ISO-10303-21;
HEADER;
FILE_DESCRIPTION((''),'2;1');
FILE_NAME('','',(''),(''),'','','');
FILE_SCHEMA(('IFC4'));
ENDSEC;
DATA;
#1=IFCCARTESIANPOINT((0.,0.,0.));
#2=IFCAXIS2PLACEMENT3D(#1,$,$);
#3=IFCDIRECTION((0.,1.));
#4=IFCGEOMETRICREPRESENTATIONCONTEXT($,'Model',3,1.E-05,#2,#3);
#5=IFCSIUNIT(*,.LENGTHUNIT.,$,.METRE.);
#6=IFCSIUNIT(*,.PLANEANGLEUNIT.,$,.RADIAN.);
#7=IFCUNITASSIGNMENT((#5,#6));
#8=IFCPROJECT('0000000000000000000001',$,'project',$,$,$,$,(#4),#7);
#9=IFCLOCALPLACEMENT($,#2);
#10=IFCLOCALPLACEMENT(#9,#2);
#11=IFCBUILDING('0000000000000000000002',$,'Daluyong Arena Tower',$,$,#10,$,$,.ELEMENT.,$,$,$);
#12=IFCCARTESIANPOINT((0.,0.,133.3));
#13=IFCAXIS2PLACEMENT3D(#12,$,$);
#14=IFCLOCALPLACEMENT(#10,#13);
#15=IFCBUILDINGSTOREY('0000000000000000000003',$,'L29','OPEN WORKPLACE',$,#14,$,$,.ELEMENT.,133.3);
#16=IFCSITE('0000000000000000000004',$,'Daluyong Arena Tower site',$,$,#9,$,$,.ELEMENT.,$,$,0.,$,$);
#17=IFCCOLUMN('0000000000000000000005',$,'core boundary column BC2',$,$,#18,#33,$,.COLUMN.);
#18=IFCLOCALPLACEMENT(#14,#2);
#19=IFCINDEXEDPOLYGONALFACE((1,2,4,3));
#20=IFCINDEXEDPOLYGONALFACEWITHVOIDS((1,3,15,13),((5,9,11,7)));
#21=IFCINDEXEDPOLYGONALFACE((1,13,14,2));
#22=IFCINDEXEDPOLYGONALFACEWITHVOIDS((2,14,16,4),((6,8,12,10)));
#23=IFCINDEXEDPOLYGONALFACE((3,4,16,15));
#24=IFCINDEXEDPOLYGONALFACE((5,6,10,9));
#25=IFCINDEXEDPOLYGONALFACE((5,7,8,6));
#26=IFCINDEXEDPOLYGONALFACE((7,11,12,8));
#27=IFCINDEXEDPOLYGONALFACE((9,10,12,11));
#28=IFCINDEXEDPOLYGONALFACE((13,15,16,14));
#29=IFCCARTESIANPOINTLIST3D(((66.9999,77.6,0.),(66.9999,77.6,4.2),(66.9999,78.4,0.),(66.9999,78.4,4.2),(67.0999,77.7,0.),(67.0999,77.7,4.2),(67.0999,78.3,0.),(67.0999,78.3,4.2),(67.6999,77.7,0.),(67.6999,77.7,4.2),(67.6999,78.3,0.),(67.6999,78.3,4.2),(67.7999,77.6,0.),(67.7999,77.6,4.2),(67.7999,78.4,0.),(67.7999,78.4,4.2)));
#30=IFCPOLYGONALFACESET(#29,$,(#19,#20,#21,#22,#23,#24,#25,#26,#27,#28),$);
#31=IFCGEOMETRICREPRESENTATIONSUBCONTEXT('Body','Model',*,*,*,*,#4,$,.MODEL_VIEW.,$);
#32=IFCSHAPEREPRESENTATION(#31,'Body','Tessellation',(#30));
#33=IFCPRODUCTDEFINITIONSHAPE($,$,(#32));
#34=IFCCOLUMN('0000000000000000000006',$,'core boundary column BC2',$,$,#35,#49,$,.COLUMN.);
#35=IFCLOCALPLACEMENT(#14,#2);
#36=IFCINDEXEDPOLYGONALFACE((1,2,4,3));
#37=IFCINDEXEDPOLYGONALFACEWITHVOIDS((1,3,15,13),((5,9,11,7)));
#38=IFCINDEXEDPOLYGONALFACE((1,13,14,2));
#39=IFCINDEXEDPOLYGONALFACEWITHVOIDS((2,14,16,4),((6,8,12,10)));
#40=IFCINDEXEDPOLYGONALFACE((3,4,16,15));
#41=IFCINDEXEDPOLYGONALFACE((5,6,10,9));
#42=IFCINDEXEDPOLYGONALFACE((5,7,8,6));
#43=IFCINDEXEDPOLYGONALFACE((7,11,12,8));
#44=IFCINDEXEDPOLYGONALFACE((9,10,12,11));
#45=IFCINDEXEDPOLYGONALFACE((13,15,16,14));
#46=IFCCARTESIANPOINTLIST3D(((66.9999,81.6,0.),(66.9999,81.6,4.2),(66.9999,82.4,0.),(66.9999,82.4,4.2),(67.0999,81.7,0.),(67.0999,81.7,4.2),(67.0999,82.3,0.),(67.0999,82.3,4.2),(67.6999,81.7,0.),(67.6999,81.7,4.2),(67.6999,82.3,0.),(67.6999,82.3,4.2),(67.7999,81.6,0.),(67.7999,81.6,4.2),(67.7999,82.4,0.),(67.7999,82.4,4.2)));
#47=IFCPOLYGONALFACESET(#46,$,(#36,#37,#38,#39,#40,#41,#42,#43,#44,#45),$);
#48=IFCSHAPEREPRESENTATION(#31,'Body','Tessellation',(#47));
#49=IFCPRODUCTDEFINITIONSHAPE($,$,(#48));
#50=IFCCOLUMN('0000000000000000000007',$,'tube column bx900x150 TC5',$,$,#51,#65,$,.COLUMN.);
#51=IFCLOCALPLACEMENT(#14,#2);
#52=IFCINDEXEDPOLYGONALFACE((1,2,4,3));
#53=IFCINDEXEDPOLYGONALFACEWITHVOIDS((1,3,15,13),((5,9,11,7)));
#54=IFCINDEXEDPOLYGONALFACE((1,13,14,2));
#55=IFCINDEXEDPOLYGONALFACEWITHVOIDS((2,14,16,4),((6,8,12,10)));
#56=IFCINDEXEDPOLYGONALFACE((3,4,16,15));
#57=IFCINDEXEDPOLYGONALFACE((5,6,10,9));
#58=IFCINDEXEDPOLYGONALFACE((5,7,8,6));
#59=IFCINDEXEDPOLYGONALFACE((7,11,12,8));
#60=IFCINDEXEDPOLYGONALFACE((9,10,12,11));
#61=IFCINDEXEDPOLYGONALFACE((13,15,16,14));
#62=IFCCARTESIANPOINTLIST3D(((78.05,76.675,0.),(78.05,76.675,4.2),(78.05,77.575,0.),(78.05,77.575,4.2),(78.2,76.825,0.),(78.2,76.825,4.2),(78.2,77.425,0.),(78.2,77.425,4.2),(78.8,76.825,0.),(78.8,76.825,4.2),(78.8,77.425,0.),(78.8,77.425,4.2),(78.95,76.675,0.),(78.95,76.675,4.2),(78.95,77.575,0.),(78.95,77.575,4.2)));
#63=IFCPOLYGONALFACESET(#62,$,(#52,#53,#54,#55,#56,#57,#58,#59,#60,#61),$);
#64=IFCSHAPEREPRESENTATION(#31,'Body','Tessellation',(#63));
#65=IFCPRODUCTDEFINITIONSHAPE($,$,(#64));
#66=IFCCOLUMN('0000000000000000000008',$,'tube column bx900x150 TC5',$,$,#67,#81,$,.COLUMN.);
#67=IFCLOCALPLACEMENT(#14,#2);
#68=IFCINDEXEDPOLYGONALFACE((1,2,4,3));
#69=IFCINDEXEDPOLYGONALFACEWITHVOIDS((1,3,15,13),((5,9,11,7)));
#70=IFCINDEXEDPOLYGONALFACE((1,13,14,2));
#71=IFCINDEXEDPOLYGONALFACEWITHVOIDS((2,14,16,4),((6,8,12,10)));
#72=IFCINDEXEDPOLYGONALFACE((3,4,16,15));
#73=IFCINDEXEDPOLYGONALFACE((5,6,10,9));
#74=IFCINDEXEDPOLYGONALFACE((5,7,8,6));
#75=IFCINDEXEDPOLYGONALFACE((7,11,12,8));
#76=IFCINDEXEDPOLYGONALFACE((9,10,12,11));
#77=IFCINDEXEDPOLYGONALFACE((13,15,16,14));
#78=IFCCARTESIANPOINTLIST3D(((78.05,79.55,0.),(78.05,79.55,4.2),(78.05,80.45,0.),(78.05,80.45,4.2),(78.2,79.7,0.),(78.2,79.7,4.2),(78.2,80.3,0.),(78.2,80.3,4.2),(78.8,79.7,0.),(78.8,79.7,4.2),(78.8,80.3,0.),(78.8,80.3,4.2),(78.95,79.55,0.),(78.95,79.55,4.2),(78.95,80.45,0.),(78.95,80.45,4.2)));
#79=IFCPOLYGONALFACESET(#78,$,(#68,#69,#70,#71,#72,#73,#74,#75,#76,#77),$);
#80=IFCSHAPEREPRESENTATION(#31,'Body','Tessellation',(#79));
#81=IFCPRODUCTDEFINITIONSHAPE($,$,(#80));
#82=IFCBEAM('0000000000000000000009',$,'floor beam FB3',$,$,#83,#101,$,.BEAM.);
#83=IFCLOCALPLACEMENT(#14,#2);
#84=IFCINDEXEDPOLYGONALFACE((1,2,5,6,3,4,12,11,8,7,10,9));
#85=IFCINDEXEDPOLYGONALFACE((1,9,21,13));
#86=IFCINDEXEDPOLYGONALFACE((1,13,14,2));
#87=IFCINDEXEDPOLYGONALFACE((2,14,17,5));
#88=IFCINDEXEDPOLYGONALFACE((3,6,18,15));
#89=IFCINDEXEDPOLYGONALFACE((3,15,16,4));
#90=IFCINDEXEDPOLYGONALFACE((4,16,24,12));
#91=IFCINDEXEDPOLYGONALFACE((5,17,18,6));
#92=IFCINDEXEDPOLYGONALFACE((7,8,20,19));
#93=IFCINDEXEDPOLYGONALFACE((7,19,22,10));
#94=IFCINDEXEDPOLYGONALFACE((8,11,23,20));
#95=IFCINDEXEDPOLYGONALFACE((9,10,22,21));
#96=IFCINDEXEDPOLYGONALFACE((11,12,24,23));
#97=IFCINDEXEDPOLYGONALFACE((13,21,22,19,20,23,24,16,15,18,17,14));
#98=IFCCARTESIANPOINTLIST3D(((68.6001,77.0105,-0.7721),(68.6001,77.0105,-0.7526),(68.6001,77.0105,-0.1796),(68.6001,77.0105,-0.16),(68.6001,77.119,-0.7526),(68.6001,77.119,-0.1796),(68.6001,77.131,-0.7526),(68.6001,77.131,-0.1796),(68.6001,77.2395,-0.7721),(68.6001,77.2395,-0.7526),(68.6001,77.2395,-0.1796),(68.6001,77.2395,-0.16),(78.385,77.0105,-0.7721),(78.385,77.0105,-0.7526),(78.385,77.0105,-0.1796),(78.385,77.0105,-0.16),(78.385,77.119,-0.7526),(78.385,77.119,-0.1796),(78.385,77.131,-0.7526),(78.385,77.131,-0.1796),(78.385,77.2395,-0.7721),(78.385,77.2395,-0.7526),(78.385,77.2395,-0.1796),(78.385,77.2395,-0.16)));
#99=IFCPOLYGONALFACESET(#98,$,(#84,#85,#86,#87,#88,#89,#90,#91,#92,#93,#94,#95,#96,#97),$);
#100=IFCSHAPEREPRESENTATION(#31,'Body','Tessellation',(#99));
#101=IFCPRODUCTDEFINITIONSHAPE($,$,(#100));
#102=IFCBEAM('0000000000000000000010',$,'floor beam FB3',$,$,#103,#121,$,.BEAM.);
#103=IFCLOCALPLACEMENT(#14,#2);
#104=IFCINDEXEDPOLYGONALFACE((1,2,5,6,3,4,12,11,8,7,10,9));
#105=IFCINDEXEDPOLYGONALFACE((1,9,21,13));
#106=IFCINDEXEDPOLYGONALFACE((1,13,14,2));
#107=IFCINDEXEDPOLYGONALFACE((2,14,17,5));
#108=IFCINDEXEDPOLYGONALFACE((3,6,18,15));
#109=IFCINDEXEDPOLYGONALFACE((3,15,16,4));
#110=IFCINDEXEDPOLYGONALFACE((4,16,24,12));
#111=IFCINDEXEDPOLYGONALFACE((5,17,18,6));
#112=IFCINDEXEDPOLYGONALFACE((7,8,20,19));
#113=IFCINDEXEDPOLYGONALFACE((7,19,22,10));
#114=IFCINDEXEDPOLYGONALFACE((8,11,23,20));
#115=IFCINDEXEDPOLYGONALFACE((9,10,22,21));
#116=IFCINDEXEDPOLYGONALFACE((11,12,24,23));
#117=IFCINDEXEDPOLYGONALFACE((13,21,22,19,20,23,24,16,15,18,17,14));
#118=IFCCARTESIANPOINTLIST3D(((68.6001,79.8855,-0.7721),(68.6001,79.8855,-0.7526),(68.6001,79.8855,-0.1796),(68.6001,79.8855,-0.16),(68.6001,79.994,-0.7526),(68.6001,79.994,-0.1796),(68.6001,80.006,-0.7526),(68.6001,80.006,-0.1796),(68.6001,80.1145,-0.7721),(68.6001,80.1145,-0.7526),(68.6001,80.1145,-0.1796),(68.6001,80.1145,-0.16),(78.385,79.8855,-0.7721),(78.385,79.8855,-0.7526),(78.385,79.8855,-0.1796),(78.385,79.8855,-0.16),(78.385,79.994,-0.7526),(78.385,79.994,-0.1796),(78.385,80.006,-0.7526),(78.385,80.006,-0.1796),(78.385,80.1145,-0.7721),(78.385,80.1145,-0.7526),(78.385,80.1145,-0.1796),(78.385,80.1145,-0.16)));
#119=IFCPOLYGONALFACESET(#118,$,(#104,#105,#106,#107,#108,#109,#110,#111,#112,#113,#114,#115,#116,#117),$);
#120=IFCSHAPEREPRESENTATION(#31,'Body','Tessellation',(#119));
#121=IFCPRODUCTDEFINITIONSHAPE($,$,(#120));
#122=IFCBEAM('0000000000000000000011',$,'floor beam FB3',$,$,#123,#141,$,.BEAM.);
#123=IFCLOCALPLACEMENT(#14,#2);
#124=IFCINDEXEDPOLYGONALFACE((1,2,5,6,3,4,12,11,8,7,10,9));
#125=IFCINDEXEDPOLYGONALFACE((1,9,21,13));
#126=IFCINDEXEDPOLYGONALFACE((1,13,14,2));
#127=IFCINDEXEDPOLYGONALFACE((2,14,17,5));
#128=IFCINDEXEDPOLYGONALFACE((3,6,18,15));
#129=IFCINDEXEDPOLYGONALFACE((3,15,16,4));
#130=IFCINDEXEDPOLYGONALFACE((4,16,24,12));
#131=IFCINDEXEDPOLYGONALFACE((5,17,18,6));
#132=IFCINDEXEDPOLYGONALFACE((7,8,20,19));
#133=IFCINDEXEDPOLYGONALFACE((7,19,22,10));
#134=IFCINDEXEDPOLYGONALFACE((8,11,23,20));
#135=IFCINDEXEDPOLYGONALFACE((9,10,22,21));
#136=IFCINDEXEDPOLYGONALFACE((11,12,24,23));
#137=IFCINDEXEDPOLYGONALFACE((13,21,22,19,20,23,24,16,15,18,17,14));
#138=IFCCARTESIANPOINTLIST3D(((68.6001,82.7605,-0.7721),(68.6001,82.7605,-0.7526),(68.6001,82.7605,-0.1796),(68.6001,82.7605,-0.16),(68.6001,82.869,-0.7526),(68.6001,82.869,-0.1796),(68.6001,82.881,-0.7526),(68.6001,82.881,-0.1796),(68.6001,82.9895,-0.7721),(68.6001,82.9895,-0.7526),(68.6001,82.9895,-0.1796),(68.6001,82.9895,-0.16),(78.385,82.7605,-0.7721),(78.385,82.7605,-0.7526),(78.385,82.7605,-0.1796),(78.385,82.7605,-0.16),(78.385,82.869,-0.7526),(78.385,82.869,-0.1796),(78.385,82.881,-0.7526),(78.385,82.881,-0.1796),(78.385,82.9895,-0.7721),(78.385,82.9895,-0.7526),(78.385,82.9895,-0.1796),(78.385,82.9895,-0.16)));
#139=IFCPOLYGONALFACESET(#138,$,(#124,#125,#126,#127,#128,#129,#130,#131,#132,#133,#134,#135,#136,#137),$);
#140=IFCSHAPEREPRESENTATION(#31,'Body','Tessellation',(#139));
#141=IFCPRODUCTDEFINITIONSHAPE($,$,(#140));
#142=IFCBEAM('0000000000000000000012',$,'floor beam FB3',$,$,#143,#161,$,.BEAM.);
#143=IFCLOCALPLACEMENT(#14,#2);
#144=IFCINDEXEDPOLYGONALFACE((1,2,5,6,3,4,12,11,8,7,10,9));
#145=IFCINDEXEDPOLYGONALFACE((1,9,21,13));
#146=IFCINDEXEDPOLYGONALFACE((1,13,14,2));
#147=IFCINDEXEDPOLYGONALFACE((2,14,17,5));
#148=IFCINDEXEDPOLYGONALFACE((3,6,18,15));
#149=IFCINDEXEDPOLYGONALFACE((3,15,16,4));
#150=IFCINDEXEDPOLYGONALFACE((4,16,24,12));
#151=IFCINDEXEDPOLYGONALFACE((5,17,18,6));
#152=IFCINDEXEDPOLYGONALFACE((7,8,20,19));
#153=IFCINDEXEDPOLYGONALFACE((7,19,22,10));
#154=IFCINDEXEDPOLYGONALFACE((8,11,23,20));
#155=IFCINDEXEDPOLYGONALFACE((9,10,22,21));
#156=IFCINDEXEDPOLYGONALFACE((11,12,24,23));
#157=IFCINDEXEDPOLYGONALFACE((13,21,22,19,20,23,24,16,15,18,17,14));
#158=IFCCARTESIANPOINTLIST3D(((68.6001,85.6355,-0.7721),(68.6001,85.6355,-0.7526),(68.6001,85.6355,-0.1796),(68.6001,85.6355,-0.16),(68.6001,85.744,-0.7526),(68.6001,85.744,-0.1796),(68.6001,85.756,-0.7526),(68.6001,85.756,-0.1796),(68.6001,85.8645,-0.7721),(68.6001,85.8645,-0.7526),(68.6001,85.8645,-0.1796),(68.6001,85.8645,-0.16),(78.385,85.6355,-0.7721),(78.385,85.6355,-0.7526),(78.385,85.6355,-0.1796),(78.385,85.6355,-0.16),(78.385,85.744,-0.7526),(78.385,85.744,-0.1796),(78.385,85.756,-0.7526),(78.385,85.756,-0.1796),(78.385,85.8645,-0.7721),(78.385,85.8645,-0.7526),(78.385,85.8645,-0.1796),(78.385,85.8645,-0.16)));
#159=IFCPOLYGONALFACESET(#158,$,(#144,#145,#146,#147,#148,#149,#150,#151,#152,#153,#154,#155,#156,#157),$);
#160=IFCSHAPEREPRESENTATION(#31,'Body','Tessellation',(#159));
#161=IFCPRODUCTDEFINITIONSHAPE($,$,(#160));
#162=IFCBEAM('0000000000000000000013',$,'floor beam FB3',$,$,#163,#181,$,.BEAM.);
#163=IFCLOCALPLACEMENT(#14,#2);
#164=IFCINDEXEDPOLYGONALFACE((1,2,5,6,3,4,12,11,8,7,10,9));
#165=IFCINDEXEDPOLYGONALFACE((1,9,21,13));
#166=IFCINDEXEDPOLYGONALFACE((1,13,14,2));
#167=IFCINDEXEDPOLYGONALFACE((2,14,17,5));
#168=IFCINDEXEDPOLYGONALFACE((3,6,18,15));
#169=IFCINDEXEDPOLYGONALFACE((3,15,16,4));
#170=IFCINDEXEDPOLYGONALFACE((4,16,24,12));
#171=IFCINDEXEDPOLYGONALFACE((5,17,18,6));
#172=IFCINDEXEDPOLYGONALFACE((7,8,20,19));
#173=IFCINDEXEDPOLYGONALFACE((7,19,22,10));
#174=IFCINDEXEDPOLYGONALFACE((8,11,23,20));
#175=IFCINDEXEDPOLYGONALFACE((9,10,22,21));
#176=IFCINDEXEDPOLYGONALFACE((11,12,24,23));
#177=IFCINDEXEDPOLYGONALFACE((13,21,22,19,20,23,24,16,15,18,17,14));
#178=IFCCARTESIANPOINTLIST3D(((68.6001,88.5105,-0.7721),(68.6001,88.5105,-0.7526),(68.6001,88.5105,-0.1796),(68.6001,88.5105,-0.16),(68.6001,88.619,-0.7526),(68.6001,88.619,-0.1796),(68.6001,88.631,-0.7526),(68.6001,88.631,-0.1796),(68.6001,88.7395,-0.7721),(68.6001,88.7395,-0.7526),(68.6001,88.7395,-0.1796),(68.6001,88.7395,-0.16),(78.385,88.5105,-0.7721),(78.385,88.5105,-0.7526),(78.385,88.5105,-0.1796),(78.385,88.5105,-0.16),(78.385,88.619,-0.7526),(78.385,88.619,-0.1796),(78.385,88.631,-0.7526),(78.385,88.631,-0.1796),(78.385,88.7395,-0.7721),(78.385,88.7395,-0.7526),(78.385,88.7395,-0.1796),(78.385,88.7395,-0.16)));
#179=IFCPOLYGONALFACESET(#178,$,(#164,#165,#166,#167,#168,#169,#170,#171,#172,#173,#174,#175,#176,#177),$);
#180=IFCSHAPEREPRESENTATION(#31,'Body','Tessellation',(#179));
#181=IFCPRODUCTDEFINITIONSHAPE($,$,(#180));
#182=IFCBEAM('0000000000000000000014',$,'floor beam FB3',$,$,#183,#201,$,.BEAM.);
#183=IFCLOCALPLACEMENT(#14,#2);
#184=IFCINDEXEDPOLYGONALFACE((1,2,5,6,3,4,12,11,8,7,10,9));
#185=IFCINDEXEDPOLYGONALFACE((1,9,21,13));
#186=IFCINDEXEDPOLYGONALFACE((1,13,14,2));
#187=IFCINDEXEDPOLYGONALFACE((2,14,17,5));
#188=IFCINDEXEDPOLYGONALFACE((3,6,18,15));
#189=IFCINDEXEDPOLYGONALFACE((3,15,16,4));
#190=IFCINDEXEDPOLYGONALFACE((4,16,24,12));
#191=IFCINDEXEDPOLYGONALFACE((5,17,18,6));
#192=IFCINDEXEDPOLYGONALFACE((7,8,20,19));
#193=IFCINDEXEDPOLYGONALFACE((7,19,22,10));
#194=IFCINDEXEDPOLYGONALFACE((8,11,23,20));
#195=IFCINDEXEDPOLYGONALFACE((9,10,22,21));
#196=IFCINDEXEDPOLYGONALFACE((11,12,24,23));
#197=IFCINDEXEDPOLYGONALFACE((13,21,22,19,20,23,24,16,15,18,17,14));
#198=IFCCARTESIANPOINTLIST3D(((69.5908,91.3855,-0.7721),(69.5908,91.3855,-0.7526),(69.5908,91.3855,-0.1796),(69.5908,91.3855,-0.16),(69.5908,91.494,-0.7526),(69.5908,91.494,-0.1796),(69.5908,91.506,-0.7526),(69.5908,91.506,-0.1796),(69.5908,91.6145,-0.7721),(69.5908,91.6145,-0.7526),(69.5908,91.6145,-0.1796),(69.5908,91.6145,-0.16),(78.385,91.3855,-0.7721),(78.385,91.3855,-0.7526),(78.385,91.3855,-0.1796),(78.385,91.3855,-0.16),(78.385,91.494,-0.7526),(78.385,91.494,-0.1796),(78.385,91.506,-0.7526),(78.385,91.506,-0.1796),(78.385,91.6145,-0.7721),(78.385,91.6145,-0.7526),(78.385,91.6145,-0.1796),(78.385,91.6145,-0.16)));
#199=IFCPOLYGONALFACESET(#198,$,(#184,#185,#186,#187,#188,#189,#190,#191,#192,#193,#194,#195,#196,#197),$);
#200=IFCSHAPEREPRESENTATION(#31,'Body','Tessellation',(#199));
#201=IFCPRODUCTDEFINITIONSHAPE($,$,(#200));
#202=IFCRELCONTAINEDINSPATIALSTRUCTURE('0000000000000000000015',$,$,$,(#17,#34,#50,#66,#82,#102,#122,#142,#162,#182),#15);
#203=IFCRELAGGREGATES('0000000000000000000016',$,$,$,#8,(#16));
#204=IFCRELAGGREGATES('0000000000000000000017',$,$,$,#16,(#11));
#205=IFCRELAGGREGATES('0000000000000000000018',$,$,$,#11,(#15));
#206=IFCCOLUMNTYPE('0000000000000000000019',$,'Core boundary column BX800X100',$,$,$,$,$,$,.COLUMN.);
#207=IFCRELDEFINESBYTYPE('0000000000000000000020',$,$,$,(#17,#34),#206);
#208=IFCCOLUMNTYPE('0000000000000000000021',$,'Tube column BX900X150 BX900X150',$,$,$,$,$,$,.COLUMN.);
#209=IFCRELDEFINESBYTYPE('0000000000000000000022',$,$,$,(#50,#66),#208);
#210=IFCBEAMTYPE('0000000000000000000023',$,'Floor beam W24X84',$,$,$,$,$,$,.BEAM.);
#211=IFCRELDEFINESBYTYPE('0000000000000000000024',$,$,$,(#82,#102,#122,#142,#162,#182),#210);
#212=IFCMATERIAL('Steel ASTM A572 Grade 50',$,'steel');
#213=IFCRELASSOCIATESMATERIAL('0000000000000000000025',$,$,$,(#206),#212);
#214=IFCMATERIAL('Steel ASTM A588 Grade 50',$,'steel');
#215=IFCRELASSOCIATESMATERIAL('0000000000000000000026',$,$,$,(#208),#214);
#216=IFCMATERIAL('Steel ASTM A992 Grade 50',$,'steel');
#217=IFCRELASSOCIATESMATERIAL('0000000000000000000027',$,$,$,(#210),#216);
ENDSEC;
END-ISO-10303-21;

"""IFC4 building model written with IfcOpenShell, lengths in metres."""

from ifc_helpers import new_model, si_unit, direction, frame, origin, origin_2d, place, context, subcontext, project, spatial, hollow_rectangle, i_section, extrude, material, material_profile, profile_set, type_object, element, save


model = new_model("IFC4")

# Units and contexts
model_context = context("Model", 3, precision=1e-05, world=origin(), true_north=direction((0.0, 1.0)))
body_context = subcontext(model_context, "Body", "Model", "MODEL_VIEW")
ifc_project = project(units=[si_unit("LENGTHUNIT", "METRE"), si_unit("PLANEANGLEUNIT", "RADIAN")], contexts=[model_context])

# Site, building, storey
site_placement = place(None, origin())
site = spatial("IfcSite", under=ifc_project, at=site_placement, Name="Daluyong Arena Tower site", CompositionType="ELEMENT", RefElevation=0.0)
building_placement = place(site_placement, origin())
building = spatial("IfcBuilding", under=site, at=building_placement, Name="Daluyong Arena Tower", CompositionType="ELEMENT")
storey_placement = place(building_placement, frame((0.0, 0.0, 133.3)))
storey = spatial("IfcBuildingStorey", under=building, at=storey_placement, Name="L29", Description="OPEN WORKPLACE", CompositionType="ELEMENT", Elevation=133.3)

# Columns
ifc_material_1 = material(Name="Steel ASTM A572 Grade 50", Category="steel")
ifc_material_profile_1 = material_profile(ifc_material_1, hollow_rectangle(XDim=0.8, YDim=0.8, WallThickness=0.1, at=origin_2d()))
ifc_profile_set_1 = profile_set([ifc_material_profile_1], Name="Steel ASTM A572 Grade 50")
column_type_1 = type_object("IfcColumnType", Name="Core boundary column BX800X100", PredefinedType="COLUMN", material=ifc_profile_set_1)
for number, where, z_axis, x_axis, name in (
    (1, (67.3999, 78.0, 0.0), (0.0, 0.0, 1.0), (1.0, 0.0, 0.0), "core boundary column BC2"),
    (2, (67.3999, 82.0, 0.0), (0.0, 0.0, 1.0), (1.0, 0.0, 0.0), "core boundary column BC2"),
):
    element("IfcColumn", number, at=place(storey_placement, frame(where, z_axis=z_axis, x_axis=x_axis)), inside=storey, type_object=column_type_1, Name=name, PredefinedType="COLUMN", context=body_context, shape_type="SweptSolid", body=[
        extrude(hollow_rectangle(XDim=0.8, YDim=0.8, WallThickness=0.1, at=origin_2d()), origin(), (0.0, 0.0, 1.0), 4.2),
    ])
ifc_material_2 = material(Name="Steel ASTM A588 Grade 50", Category="steel")
ifc_material_profile_2 = material_profile(ifc_material_2, hollow_rectangle(XDim=0.8999, YDim=0.8999, WallThickness=0.15, at=origin_2d()))
ifc_profile_set_2 = profile_set([ifc_material_profile_2], Name="Steel ASTM A588 Grade 50")
column_type_2 = type_object("IfcColumnType", Name="Tube column BX900X150 BX900X150", PredefinedType="COLUMN", material=ifc_profile_set_2)
for number, where, z_axis, x_axis, name in (
    (3, (78.5, 77.125, 0.0), (0.0, 0.0, 1.0), (0.0, 1.0, 0.0), "tube column bx900x150 TC5"),
    (4, (78.5, 80.0, 0.0), (0.0, 0.0, 1.0), (0.0, 1.0, 0.0), "tube column bx900x150 TC5"),
):
    element("IfcColumn", number, at=place(storey_placement, frame(where, z_axis=z_axis, x_axis=x_axis)), inside=storey, type_object=column_type_2, Name=name, PredefinedType="COLUMN", context=body_context, shape_type="SweptSolid", body=[
        extrude(hollow_rectangle(XDim=0.8999, YDim=0.8999, WallThickness=0.15, at=origin_2d()), origin(), (0.0, 0.0, 1.0), 4.2),
    ])

# Beams
ifc_material_3 = material(Name="Steel ASTM A992 Grade 50", Category="steel")
ifc_material_profile_3 = material_profile(ifc_material_3, i_section(OverallWidth=0.229, OverallDepth=0.6121, WebThickness=0.012, FlangeThickness=0.0195, at=origin_2d()))
ifc_profile_set_3 = profile_set([ifc_material_profile_3], Name="Steel ASTM A992 Grade 50")
beam_type_1 = type_object("IfcBeamType", Name="Floor beam W24X84", PredefinedType="BEAM", material=ifc_profile_set_3)
for number, where, z_axis, x_axis, name in (
    (5, (78.385, 77.125, -0.4661), (-1.0, 0.0, 0.0), (0.0, -1.0, 0.0), "floor beam FB3"),
    (6, (78.385, 80.0, -0.4661), (-1.0, 0.0, 0.0), (0.0, -1.0, 0.0), "floor beam FB3"),
    (7, (78.385, 82.875, -0.4661), (-1.0, 0.0, 0.0), (0.0, -1.0, 0.0), "floor beam FB3"),
    (8, (78.385, 85.75, -0.4661), (-1.0, 0.0, 0.0), (0.0, -1.0, 0.0), "floor beam FB3"),
    (9, (78.385, 88.625, -0.4661), (-1.0, 0.0, 0.0), (0.0, -1.0, 0.0), "floor beam FB3"),
):
    element("IfcBeam", number, at=place(storey_placement, frame(where, z_axis=z_axis, x_axis=x_axis)), inside=storey, type_object=beam_type_1, Name=name, PredefinedType="BEAM", context=body_context, shape_type="SweptSolid", body=[
        extrude(i_section(OverallWidth=0.229, OverallDepth=0.6121, WebThickness=0.012, FlangeThickness=0.0195, at=origin_2d()), origin(), (0.0, 0.0, 1.0), 9.7849),
    ])
beam_1_placement = place(storey_placement, frame((78.385, 91.5, -0.4661), z_axis=(-1.0, 0.0, 0.0), x_axis=(0.0, -1.0, 0.0)))
element("IfcBeam", 10, at=beam_1_placement, inside=storey, type_object=beam_type_1, Name="floor beam FB3", PredefinedType="BEAM", context=body_context, shape_type="SweptSolid", body=[
    extrude(i_section(OverallWidth=0.229, OverallDepth=0.6121, WebThickness=0.012, FlangeThickness=0.0195, at=origin_2d()), origin(), (0.0, 0.0, 1.0), 8.7942),
])

save(model, "model.ifc")
